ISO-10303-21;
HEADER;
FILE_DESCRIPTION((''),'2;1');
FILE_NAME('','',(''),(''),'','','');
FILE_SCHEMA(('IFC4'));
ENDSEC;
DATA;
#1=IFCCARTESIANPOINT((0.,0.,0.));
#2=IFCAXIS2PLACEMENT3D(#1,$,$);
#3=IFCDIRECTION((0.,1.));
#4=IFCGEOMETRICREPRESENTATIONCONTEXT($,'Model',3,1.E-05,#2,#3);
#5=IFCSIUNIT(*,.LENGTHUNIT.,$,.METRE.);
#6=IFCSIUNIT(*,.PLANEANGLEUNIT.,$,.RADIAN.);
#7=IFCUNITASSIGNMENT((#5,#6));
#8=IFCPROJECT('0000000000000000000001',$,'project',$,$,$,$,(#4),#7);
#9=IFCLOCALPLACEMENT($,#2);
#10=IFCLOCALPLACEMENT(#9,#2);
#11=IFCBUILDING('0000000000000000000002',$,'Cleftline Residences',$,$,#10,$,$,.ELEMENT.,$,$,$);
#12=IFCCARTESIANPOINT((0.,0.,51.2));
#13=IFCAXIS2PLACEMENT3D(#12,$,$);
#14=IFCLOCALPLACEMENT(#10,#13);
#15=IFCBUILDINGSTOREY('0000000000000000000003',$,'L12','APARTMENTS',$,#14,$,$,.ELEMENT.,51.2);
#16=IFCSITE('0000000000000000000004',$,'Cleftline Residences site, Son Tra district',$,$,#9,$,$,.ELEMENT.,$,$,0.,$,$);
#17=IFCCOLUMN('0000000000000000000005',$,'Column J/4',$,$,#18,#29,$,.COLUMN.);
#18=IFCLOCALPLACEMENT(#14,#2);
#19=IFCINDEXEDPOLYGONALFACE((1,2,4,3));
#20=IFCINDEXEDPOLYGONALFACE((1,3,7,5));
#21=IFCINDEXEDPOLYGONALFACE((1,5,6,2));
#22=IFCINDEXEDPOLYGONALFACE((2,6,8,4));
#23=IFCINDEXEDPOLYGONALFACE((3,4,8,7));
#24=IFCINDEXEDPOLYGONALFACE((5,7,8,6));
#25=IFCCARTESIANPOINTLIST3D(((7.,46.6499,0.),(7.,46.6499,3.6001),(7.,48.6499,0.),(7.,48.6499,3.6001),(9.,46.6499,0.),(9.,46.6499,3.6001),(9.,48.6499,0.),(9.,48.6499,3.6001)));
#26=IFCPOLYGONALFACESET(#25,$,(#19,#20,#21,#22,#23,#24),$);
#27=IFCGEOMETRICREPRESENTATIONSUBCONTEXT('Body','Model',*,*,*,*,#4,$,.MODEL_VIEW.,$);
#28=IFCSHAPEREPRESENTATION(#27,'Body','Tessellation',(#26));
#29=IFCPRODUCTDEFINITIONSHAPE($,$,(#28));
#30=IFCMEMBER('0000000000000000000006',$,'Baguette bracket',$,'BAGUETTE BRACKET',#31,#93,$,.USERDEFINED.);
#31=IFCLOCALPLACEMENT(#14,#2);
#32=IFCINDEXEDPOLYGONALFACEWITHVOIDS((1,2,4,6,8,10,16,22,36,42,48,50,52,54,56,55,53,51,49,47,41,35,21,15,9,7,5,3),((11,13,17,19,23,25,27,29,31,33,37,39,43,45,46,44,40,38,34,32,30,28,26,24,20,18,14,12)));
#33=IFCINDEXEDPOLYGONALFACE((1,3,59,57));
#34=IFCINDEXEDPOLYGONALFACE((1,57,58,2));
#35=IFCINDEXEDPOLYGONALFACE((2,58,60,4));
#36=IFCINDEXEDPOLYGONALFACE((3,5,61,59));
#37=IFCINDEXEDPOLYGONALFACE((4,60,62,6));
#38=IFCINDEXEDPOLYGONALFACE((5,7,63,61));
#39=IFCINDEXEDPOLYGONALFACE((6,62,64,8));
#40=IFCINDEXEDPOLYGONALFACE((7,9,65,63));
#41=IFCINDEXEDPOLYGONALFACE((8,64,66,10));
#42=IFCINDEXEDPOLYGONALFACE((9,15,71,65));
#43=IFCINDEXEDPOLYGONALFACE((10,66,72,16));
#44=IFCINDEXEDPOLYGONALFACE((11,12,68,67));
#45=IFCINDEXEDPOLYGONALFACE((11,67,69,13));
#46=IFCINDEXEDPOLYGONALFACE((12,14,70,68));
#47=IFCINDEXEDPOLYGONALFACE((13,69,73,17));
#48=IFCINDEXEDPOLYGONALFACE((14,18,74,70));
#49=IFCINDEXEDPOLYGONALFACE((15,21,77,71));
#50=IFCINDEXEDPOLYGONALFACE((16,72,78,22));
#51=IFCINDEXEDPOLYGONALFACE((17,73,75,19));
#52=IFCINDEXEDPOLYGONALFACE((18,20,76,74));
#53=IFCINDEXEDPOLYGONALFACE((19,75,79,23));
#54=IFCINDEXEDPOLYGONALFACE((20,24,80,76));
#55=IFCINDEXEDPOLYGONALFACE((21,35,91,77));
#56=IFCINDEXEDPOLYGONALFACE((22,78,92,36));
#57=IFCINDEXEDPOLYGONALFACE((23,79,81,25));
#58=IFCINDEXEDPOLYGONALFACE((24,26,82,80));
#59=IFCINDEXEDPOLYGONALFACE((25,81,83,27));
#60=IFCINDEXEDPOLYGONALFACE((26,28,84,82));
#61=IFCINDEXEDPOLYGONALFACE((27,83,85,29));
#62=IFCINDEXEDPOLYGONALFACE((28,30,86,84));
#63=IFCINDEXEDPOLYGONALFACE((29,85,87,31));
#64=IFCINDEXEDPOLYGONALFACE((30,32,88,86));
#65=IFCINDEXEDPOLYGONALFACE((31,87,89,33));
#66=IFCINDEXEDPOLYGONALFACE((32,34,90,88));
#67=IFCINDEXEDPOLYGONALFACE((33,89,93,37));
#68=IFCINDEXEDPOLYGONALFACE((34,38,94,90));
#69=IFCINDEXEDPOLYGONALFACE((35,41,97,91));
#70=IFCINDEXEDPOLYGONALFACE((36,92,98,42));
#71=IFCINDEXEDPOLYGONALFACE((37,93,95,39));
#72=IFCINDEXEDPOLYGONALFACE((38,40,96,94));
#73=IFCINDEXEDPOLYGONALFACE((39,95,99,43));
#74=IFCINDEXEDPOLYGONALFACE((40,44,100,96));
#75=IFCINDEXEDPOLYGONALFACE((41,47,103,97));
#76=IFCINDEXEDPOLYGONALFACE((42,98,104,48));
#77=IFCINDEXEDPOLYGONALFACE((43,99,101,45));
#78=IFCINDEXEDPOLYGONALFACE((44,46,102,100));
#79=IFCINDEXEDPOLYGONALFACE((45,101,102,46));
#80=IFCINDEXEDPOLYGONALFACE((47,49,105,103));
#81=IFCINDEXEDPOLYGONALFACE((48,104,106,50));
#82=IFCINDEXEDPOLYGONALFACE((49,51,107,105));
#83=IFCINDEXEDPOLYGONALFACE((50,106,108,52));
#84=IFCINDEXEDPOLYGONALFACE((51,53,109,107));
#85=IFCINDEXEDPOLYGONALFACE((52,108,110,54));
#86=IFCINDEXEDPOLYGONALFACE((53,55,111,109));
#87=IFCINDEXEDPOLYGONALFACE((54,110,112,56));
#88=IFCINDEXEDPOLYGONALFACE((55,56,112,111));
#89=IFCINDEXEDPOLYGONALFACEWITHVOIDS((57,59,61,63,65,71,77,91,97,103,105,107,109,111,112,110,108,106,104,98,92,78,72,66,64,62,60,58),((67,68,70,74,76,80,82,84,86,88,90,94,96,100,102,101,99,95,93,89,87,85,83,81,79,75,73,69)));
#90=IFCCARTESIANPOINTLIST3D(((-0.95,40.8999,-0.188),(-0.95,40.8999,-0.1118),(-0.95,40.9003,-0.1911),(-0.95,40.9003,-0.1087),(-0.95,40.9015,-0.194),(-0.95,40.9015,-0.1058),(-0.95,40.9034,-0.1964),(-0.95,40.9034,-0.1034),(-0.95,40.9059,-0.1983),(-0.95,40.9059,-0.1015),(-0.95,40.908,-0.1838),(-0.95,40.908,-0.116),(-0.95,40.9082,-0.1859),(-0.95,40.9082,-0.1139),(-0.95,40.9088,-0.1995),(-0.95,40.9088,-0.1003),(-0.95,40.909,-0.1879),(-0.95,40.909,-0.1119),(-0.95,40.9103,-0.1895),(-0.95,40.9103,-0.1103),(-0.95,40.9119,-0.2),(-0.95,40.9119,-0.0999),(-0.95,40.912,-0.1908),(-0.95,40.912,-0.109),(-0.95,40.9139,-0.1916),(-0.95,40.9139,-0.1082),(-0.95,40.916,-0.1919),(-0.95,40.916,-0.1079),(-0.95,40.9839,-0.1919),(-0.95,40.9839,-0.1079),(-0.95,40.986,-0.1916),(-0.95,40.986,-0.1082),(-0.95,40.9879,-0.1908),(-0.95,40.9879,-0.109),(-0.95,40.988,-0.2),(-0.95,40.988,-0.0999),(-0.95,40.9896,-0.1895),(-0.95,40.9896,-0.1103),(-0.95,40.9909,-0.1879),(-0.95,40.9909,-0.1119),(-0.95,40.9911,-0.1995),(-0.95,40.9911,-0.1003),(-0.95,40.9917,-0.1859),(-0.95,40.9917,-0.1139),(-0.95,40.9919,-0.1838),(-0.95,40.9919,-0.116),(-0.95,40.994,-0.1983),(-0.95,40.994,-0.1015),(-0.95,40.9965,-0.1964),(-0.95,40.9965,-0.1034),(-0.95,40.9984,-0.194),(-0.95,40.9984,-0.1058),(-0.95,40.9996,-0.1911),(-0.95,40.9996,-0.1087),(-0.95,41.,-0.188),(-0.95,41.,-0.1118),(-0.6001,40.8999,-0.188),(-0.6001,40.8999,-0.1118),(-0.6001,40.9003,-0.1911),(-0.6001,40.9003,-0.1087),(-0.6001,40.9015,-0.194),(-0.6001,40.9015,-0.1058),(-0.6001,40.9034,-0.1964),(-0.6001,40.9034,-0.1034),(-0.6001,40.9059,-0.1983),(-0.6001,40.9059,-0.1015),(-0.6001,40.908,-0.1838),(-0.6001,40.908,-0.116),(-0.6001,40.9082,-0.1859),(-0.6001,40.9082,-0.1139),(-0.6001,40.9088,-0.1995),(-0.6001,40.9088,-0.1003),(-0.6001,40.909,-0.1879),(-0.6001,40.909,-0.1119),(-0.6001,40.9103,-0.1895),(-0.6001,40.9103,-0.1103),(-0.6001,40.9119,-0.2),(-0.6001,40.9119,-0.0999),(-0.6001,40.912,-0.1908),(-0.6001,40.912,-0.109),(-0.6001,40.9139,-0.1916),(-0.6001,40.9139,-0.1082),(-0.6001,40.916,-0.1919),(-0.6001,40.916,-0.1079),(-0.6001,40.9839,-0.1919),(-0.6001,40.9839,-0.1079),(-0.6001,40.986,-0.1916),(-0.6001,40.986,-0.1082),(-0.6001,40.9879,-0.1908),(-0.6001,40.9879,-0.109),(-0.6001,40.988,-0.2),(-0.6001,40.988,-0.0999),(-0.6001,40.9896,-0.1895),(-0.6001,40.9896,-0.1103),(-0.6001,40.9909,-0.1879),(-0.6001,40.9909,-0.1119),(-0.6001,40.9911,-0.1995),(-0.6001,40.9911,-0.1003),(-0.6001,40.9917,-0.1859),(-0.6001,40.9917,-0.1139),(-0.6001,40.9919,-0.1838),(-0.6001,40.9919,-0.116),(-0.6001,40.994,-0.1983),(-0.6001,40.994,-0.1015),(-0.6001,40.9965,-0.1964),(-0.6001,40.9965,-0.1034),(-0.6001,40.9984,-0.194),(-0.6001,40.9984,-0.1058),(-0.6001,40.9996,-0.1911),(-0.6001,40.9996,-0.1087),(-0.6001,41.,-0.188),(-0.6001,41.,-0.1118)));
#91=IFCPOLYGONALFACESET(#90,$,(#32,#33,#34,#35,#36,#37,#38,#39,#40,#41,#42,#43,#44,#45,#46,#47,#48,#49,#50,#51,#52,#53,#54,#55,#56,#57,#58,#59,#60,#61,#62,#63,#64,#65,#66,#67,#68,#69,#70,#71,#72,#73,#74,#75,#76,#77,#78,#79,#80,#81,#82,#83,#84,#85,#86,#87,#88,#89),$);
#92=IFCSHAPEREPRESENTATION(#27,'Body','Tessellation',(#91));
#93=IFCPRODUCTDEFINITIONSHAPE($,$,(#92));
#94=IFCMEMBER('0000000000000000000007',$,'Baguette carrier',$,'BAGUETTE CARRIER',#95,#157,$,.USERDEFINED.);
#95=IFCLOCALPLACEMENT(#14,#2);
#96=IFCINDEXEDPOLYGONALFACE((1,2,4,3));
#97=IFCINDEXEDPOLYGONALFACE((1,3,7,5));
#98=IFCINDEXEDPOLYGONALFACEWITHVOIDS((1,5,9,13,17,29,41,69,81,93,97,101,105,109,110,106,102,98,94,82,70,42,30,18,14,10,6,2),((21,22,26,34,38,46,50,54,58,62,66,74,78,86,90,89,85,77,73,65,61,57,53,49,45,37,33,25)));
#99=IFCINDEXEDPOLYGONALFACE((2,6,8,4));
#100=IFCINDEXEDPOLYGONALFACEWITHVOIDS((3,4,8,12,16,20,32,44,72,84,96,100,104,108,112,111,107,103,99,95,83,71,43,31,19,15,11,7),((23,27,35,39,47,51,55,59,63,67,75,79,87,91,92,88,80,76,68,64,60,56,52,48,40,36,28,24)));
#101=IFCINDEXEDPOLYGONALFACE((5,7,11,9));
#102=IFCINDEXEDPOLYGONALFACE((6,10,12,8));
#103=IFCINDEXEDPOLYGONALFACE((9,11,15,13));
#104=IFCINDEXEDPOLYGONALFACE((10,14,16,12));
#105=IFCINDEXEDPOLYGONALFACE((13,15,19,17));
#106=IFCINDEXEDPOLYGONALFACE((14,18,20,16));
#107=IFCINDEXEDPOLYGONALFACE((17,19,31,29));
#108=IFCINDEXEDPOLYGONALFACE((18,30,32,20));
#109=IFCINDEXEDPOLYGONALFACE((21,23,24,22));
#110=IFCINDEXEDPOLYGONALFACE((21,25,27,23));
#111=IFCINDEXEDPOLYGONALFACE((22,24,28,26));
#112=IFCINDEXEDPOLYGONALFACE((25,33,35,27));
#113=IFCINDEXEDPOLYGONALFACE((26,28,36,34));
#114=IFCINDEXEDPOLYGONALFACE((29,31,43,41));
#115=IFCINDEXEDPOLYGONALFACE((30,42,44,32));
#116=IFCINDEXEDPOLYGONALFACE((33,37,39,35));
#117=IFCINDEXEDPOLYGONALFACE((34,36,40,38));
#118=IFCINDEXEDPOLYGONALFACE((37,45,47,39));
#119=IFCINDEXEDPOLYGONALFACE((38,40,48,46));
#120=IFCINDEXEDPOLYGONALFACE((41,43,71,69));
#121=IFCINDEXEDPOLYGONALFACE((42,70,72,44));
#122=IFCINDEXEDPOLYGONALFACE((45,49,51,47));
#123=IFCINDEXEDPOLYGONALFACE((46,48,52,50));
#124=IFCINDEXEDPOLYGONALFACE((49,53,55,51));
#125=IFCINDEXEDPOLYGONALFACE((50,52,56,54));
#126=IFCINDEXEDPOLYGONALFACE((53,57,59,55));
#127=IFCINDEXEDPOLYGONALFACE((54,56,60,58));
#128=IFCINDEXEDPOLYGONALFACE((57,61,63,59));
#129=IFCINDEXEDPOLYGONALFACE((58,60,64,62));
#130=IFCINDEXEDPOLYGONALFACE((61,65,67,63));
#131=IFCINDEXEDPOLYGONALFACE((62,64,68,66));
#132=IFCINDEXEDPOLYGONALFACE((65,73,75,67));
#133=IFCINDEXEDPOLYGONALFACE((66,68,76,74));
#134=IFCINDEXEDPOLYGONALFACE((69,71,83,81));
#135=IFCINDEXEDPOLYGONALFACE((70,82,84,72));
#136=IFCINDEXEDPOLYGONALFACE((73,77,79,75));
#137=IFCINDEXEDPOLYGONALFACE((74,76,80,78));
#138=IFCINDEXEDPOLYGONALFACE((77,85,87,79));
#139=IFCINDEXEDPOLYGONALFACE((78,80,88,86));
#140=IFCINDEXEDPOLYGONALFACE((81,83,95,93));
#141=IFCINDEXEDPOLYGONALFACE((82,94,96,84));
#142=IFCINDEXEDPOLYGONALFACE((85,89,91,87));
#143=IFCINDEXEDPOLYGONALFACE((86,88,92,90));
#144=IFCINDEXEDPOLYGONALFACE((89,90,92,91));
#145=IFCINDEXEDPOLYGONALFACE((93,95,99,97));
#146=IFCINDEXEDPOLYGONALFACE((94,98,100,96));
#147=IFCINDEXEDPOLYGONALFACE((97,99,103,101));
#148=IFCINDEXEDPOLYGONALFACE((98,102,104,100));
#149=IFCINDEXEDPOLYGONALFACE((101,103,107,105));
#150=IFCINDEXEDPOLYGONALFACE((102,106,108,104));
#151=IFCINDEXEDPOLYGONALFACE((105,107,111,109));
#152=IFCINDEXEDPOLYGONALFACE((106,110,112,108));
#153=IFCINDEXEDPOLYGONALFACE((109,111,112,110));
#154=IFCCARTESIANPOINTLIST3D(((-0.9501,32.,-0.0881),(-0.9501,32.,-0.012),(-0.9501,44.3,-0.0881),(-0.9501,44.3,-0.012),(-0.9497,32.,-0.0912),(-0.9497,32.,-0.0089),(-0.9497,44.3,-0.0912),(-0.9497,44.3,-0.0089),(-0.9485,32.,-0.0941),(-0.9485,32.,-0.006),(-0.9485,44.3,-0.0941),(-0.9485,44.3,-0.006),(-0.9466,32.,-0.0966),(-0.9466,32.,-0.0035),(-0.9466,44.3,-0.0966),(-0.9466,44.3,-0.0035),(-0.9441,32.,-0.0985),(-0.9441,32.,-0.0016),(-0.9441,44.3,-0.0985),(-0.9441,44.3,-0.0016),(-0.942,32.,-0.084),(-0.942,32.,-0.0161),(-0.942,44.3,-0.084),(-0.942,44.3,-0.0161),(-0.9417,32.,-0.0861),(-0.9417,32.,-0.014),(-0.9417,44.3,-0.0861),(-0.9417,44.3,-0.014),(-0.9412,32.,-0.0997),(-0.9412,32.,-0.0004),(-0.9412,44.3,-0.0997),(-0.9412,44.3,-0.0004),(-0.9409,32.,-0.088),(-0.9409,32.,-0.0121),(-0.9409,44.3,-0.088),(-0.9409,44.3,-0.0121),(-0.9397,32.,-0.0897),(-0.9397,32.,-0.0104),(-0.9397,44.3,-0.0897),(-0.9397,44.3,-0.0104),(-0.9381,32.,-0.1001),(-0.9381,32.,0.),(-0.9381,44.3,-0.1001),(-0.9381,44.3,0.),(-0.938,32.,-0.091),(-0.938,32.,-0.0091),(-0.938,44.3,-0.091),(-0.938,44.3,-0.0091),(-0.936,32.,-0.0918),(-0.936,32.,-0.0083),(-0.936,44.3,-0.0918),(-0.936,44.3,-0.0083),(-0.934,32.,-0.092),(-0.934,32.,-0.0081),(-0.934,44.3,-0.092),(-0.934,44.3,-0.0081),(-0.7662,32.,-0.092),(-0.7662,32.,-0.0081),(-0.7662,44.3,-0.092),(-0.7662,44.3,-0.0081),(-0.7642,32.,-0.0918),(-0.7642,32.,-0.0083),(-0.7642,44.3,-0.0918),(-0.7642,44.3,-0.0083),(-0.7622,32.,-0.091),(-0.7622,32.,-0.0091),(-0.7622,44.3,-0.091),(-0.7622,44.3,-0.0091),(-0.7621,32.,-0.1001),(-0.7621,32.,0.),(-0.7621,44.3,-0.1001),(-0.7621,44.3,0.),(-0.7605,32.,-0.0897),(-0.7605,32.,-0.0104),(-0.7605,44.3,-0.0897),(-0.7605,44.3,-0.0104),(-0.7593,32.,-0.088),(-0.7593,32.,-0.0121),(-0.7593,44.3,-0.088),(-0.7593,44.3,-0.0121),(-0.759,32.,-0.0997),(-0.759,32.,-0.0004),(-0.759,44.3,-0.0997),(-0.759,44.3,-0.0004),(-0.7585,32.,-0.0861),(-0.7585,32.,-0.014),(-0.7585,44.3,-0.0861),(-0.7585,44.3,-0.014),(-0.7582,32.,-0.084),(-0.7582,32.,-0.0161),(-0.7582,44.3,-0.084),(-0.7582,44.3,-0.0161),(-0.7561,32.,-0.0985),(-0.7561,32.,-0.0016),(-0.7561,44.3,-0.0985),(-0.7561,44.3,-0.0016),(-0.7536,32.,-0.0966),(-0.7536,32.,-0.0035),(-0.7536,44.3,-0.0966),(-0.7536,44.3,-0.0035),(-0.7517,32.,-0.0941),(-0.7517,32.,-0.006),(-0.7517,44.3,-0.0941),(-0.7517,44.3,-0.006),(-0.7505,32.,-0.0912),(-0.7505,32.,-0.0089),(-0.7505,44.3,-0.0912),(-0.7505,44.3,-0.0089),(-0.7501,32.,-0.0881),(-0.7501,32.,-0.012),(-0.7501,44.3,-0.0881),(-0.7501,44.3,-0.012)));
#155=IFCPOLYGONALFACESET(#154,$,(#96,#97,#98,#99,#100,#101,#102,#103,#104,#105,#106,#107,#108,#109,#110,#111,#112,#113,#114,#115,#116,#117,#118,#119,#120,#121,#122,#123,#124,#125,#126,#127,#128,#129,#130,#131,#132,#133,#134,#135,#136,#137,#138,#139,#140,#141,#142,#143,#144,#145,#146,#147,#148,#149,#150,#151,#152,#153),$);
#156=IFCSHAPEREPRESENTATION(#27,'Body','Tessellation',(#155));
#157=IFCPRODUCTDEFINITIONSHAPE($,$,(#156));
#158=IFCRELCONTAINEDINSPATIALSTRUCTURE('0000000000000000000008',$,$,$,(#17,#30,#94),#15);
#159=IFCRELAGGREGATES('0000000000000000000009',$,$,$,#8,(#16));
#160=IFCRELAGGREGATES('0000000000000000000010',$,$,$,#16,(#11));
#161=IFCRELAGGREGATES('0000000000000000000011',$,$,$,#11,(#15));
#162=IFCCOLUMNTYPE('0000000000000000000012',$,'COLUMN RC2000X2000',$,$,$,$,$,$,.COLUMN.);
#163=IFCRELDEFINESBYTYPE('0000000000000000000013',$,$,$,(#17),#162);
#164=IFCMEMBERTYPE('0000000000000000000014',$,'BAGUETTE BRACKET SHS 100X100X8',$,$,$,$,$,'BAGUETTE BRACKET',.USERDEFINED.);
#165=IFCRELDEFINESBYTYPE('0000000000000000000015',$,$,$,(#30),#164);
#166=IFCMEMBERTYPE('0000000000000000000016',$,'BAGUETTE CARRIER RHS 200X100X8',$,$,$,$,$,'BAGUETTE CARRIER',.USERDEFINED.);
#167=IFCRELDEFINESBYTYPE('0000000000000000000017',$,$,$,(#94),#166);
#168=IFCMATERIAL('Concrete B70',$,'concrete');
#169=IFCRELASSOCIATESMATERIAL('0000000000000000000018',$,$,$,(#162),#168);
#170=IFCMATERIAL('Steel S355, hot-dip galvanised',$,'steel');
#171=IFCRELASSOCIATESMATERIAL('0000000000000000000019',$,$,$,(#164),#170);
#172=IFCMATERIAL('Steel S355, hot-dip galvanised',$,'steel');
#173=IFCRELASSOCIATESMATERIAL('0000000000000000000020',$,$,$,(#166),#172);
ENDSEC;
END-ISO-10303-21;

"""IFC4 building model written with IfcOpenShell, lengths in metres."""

from ifc_helpers import new_model, si_unit, direction, frame, origin, origin_2d, place, context, subcontext, project, spatial, rectangle, hollow_rectangle, extrude, material, material_profile, profile_set, type_object, element, save


model = new_model("IFC4")

# Units and contexts
model_context = context("Model", 3, precision=1e-05, world=origin(), true_north=direction((0.0, 1.0)))
body_context = subcontext(model_context, "Body", "Model", "MODEL_VIEW")
ifc_project = project(units=[si_unit("LENGTHUNIT", "METRE"), si_unit("PLANEANGLEUNIT", "RADIAN")], contexts=[model_context])

# Site, building, storey
site_placement = place(None, origin())
site = spatial("IfcSite", under=ifc_project, at=site_placement, Name="Cleftline Residences site, Son Tra district", CompositionType="ELEMENT", RefElevation=0.0)
building_placement = place(site_placement, origin())
building = spatial("IfcBuilding", under=site, at=building_placement, Name="Cleftline Residences", CompositionType="ELEMENT")
storey_placement = place(building_placement, frame((0.0, 0.0, 51.2)))
storey = spatial("IfcBuildingStorey", under=building, at=storey_placement, Name="L12", Description="APARTMENTS", CompositionType="ELEMENT", Elevation=51.2)

# Column
ifc_material_1 = material(Name="Concrete B70", Category="concrete")
ifc_material_profile_1 = material_profile(ifc_material_1, rectangle(XDim=2.0, YDim=2.0, at=origin_2d()))
ifc_profile_set_1 = profile_set([ifc_material_profile_1], Name="Concrete B70")
column_type = type_object("IfcColumnType", Name="COLUMN RC2000X2000", PredefinedType="COLUMN", material=ifc_profile_set_1)
column_placement = place(storey_placement, frame((8.0, 47.6499, 0.0), z_axis=(0.0, 0.0, 1.0), x_axis=(1.0, 0.0, 0.0)))
element("IfcColumn", 1, at=column_placement, inside=storey, type_object=column_type, Name="Column J/4", PredefinedType="COLUMN", context=body_context, shape_type="SweptSolid", body=[
    extrude(rectangle(XDim=2.0, YDim=2.0, at=origin_2d()), origin(), (0.0, 0.0, 1.0), 3.6001),
])

# Members
ifc_material_2 = material(Name="Steel S355, hot-dip galvanised", Category="steel")
ifc_material_profile_2 = material_profile(ifc_material_2, hollow_rectangle(XDim=0.1001, YDim=0.1001, WallThickness=0.0081, InnerFilletRadius=0.0081, OuterFilletRadius=0.012, at=origin_2d()))
ifc_profile_set_2 = profile_set([ifc_material_profile_2], Name="Steel S355, hot-dip galvanised")
member_type_1 = type_object("IfcMemberType", Name="BAGUETTE BRACKET SHS 100X100X8", ElementType="BAGUETTE BRACKET", PredefinedType="USERDEFINED", material=ifc_profile_set_2)
member_1_placement = place(storey_placement, frame((-0.6001, 40.95, -0.1499), z_axis=(-1.0, 0.0, 0.0), x_axis=(0.0, -1.0, 0.0)))
element("IfcMember", 2, at=member_1_placement, inside=storey, type_object=member_type_1, Name="Baguette bracket", ObjectType="BAGUETTE BRACKET", PredefinedType="USERDEFINED", context=body_context, shape_type="SweptSolid", body=[
    extrude(hollow_rectangle(XDim=0.1001, YDim=0.1001, WallThickness=0.0081, InnerFilletRadius=0.0081, OuterFilletRadius=0.012, at=origin_2d()), origin(), (0.0, 0.0, 1.0), 0.3499),
])
ifc_material_3 = material(Name="Steel S355, hot-dip galvanised", Category="steel")
ifc_material_profile_3 = material_profile(ifc_material_3, hollow_rectangle(XDim=0.1001, YDim=0.2, WallThickness=0.0081, InnerFilletRadius=0.0081, OuterFilletRadius=0.012, at=origin_2d()))
ifc_profile_set_3 = profile_set([ifc_material_profile_3], Name="Steel S355, hot-dip galvanised")
member_type_2 = type_object("IfcMemberType", Name="BAGUETTE CARRIER RHS 200X100X8", ElementType="BAGUETTE CARRIER", PredefinedType="USERDEFINED", material=ifc_profile_set_3)
member_2_placement = place(storey_placement, frame((-0.8501, 44.3, -0.05), z_axis=(0.0, -1.0, 0.0), x_axis=(0.0, 0.0, 1.0)))
element("IfcMember", 3, at=member_2_placement, inside=storey, type_object=member_type_2, Name="Baguette carrier", ObjectType="BAGUETTE CARRIER", PredefinedType="USERDEFINED", context=body_context, shape_type="SweptSolid", body=[
    extrude(hollow_rectangle(XDim=0.1001, YDim=0.2, WallThickness=0.0081, InnerFilletRadius=0.0081, OuterFilletRadius=0.012, at=origin_2d()), origin(), (0.0, 0.0, 1.0), 12.3),
])

save(model, "model.ifc")
